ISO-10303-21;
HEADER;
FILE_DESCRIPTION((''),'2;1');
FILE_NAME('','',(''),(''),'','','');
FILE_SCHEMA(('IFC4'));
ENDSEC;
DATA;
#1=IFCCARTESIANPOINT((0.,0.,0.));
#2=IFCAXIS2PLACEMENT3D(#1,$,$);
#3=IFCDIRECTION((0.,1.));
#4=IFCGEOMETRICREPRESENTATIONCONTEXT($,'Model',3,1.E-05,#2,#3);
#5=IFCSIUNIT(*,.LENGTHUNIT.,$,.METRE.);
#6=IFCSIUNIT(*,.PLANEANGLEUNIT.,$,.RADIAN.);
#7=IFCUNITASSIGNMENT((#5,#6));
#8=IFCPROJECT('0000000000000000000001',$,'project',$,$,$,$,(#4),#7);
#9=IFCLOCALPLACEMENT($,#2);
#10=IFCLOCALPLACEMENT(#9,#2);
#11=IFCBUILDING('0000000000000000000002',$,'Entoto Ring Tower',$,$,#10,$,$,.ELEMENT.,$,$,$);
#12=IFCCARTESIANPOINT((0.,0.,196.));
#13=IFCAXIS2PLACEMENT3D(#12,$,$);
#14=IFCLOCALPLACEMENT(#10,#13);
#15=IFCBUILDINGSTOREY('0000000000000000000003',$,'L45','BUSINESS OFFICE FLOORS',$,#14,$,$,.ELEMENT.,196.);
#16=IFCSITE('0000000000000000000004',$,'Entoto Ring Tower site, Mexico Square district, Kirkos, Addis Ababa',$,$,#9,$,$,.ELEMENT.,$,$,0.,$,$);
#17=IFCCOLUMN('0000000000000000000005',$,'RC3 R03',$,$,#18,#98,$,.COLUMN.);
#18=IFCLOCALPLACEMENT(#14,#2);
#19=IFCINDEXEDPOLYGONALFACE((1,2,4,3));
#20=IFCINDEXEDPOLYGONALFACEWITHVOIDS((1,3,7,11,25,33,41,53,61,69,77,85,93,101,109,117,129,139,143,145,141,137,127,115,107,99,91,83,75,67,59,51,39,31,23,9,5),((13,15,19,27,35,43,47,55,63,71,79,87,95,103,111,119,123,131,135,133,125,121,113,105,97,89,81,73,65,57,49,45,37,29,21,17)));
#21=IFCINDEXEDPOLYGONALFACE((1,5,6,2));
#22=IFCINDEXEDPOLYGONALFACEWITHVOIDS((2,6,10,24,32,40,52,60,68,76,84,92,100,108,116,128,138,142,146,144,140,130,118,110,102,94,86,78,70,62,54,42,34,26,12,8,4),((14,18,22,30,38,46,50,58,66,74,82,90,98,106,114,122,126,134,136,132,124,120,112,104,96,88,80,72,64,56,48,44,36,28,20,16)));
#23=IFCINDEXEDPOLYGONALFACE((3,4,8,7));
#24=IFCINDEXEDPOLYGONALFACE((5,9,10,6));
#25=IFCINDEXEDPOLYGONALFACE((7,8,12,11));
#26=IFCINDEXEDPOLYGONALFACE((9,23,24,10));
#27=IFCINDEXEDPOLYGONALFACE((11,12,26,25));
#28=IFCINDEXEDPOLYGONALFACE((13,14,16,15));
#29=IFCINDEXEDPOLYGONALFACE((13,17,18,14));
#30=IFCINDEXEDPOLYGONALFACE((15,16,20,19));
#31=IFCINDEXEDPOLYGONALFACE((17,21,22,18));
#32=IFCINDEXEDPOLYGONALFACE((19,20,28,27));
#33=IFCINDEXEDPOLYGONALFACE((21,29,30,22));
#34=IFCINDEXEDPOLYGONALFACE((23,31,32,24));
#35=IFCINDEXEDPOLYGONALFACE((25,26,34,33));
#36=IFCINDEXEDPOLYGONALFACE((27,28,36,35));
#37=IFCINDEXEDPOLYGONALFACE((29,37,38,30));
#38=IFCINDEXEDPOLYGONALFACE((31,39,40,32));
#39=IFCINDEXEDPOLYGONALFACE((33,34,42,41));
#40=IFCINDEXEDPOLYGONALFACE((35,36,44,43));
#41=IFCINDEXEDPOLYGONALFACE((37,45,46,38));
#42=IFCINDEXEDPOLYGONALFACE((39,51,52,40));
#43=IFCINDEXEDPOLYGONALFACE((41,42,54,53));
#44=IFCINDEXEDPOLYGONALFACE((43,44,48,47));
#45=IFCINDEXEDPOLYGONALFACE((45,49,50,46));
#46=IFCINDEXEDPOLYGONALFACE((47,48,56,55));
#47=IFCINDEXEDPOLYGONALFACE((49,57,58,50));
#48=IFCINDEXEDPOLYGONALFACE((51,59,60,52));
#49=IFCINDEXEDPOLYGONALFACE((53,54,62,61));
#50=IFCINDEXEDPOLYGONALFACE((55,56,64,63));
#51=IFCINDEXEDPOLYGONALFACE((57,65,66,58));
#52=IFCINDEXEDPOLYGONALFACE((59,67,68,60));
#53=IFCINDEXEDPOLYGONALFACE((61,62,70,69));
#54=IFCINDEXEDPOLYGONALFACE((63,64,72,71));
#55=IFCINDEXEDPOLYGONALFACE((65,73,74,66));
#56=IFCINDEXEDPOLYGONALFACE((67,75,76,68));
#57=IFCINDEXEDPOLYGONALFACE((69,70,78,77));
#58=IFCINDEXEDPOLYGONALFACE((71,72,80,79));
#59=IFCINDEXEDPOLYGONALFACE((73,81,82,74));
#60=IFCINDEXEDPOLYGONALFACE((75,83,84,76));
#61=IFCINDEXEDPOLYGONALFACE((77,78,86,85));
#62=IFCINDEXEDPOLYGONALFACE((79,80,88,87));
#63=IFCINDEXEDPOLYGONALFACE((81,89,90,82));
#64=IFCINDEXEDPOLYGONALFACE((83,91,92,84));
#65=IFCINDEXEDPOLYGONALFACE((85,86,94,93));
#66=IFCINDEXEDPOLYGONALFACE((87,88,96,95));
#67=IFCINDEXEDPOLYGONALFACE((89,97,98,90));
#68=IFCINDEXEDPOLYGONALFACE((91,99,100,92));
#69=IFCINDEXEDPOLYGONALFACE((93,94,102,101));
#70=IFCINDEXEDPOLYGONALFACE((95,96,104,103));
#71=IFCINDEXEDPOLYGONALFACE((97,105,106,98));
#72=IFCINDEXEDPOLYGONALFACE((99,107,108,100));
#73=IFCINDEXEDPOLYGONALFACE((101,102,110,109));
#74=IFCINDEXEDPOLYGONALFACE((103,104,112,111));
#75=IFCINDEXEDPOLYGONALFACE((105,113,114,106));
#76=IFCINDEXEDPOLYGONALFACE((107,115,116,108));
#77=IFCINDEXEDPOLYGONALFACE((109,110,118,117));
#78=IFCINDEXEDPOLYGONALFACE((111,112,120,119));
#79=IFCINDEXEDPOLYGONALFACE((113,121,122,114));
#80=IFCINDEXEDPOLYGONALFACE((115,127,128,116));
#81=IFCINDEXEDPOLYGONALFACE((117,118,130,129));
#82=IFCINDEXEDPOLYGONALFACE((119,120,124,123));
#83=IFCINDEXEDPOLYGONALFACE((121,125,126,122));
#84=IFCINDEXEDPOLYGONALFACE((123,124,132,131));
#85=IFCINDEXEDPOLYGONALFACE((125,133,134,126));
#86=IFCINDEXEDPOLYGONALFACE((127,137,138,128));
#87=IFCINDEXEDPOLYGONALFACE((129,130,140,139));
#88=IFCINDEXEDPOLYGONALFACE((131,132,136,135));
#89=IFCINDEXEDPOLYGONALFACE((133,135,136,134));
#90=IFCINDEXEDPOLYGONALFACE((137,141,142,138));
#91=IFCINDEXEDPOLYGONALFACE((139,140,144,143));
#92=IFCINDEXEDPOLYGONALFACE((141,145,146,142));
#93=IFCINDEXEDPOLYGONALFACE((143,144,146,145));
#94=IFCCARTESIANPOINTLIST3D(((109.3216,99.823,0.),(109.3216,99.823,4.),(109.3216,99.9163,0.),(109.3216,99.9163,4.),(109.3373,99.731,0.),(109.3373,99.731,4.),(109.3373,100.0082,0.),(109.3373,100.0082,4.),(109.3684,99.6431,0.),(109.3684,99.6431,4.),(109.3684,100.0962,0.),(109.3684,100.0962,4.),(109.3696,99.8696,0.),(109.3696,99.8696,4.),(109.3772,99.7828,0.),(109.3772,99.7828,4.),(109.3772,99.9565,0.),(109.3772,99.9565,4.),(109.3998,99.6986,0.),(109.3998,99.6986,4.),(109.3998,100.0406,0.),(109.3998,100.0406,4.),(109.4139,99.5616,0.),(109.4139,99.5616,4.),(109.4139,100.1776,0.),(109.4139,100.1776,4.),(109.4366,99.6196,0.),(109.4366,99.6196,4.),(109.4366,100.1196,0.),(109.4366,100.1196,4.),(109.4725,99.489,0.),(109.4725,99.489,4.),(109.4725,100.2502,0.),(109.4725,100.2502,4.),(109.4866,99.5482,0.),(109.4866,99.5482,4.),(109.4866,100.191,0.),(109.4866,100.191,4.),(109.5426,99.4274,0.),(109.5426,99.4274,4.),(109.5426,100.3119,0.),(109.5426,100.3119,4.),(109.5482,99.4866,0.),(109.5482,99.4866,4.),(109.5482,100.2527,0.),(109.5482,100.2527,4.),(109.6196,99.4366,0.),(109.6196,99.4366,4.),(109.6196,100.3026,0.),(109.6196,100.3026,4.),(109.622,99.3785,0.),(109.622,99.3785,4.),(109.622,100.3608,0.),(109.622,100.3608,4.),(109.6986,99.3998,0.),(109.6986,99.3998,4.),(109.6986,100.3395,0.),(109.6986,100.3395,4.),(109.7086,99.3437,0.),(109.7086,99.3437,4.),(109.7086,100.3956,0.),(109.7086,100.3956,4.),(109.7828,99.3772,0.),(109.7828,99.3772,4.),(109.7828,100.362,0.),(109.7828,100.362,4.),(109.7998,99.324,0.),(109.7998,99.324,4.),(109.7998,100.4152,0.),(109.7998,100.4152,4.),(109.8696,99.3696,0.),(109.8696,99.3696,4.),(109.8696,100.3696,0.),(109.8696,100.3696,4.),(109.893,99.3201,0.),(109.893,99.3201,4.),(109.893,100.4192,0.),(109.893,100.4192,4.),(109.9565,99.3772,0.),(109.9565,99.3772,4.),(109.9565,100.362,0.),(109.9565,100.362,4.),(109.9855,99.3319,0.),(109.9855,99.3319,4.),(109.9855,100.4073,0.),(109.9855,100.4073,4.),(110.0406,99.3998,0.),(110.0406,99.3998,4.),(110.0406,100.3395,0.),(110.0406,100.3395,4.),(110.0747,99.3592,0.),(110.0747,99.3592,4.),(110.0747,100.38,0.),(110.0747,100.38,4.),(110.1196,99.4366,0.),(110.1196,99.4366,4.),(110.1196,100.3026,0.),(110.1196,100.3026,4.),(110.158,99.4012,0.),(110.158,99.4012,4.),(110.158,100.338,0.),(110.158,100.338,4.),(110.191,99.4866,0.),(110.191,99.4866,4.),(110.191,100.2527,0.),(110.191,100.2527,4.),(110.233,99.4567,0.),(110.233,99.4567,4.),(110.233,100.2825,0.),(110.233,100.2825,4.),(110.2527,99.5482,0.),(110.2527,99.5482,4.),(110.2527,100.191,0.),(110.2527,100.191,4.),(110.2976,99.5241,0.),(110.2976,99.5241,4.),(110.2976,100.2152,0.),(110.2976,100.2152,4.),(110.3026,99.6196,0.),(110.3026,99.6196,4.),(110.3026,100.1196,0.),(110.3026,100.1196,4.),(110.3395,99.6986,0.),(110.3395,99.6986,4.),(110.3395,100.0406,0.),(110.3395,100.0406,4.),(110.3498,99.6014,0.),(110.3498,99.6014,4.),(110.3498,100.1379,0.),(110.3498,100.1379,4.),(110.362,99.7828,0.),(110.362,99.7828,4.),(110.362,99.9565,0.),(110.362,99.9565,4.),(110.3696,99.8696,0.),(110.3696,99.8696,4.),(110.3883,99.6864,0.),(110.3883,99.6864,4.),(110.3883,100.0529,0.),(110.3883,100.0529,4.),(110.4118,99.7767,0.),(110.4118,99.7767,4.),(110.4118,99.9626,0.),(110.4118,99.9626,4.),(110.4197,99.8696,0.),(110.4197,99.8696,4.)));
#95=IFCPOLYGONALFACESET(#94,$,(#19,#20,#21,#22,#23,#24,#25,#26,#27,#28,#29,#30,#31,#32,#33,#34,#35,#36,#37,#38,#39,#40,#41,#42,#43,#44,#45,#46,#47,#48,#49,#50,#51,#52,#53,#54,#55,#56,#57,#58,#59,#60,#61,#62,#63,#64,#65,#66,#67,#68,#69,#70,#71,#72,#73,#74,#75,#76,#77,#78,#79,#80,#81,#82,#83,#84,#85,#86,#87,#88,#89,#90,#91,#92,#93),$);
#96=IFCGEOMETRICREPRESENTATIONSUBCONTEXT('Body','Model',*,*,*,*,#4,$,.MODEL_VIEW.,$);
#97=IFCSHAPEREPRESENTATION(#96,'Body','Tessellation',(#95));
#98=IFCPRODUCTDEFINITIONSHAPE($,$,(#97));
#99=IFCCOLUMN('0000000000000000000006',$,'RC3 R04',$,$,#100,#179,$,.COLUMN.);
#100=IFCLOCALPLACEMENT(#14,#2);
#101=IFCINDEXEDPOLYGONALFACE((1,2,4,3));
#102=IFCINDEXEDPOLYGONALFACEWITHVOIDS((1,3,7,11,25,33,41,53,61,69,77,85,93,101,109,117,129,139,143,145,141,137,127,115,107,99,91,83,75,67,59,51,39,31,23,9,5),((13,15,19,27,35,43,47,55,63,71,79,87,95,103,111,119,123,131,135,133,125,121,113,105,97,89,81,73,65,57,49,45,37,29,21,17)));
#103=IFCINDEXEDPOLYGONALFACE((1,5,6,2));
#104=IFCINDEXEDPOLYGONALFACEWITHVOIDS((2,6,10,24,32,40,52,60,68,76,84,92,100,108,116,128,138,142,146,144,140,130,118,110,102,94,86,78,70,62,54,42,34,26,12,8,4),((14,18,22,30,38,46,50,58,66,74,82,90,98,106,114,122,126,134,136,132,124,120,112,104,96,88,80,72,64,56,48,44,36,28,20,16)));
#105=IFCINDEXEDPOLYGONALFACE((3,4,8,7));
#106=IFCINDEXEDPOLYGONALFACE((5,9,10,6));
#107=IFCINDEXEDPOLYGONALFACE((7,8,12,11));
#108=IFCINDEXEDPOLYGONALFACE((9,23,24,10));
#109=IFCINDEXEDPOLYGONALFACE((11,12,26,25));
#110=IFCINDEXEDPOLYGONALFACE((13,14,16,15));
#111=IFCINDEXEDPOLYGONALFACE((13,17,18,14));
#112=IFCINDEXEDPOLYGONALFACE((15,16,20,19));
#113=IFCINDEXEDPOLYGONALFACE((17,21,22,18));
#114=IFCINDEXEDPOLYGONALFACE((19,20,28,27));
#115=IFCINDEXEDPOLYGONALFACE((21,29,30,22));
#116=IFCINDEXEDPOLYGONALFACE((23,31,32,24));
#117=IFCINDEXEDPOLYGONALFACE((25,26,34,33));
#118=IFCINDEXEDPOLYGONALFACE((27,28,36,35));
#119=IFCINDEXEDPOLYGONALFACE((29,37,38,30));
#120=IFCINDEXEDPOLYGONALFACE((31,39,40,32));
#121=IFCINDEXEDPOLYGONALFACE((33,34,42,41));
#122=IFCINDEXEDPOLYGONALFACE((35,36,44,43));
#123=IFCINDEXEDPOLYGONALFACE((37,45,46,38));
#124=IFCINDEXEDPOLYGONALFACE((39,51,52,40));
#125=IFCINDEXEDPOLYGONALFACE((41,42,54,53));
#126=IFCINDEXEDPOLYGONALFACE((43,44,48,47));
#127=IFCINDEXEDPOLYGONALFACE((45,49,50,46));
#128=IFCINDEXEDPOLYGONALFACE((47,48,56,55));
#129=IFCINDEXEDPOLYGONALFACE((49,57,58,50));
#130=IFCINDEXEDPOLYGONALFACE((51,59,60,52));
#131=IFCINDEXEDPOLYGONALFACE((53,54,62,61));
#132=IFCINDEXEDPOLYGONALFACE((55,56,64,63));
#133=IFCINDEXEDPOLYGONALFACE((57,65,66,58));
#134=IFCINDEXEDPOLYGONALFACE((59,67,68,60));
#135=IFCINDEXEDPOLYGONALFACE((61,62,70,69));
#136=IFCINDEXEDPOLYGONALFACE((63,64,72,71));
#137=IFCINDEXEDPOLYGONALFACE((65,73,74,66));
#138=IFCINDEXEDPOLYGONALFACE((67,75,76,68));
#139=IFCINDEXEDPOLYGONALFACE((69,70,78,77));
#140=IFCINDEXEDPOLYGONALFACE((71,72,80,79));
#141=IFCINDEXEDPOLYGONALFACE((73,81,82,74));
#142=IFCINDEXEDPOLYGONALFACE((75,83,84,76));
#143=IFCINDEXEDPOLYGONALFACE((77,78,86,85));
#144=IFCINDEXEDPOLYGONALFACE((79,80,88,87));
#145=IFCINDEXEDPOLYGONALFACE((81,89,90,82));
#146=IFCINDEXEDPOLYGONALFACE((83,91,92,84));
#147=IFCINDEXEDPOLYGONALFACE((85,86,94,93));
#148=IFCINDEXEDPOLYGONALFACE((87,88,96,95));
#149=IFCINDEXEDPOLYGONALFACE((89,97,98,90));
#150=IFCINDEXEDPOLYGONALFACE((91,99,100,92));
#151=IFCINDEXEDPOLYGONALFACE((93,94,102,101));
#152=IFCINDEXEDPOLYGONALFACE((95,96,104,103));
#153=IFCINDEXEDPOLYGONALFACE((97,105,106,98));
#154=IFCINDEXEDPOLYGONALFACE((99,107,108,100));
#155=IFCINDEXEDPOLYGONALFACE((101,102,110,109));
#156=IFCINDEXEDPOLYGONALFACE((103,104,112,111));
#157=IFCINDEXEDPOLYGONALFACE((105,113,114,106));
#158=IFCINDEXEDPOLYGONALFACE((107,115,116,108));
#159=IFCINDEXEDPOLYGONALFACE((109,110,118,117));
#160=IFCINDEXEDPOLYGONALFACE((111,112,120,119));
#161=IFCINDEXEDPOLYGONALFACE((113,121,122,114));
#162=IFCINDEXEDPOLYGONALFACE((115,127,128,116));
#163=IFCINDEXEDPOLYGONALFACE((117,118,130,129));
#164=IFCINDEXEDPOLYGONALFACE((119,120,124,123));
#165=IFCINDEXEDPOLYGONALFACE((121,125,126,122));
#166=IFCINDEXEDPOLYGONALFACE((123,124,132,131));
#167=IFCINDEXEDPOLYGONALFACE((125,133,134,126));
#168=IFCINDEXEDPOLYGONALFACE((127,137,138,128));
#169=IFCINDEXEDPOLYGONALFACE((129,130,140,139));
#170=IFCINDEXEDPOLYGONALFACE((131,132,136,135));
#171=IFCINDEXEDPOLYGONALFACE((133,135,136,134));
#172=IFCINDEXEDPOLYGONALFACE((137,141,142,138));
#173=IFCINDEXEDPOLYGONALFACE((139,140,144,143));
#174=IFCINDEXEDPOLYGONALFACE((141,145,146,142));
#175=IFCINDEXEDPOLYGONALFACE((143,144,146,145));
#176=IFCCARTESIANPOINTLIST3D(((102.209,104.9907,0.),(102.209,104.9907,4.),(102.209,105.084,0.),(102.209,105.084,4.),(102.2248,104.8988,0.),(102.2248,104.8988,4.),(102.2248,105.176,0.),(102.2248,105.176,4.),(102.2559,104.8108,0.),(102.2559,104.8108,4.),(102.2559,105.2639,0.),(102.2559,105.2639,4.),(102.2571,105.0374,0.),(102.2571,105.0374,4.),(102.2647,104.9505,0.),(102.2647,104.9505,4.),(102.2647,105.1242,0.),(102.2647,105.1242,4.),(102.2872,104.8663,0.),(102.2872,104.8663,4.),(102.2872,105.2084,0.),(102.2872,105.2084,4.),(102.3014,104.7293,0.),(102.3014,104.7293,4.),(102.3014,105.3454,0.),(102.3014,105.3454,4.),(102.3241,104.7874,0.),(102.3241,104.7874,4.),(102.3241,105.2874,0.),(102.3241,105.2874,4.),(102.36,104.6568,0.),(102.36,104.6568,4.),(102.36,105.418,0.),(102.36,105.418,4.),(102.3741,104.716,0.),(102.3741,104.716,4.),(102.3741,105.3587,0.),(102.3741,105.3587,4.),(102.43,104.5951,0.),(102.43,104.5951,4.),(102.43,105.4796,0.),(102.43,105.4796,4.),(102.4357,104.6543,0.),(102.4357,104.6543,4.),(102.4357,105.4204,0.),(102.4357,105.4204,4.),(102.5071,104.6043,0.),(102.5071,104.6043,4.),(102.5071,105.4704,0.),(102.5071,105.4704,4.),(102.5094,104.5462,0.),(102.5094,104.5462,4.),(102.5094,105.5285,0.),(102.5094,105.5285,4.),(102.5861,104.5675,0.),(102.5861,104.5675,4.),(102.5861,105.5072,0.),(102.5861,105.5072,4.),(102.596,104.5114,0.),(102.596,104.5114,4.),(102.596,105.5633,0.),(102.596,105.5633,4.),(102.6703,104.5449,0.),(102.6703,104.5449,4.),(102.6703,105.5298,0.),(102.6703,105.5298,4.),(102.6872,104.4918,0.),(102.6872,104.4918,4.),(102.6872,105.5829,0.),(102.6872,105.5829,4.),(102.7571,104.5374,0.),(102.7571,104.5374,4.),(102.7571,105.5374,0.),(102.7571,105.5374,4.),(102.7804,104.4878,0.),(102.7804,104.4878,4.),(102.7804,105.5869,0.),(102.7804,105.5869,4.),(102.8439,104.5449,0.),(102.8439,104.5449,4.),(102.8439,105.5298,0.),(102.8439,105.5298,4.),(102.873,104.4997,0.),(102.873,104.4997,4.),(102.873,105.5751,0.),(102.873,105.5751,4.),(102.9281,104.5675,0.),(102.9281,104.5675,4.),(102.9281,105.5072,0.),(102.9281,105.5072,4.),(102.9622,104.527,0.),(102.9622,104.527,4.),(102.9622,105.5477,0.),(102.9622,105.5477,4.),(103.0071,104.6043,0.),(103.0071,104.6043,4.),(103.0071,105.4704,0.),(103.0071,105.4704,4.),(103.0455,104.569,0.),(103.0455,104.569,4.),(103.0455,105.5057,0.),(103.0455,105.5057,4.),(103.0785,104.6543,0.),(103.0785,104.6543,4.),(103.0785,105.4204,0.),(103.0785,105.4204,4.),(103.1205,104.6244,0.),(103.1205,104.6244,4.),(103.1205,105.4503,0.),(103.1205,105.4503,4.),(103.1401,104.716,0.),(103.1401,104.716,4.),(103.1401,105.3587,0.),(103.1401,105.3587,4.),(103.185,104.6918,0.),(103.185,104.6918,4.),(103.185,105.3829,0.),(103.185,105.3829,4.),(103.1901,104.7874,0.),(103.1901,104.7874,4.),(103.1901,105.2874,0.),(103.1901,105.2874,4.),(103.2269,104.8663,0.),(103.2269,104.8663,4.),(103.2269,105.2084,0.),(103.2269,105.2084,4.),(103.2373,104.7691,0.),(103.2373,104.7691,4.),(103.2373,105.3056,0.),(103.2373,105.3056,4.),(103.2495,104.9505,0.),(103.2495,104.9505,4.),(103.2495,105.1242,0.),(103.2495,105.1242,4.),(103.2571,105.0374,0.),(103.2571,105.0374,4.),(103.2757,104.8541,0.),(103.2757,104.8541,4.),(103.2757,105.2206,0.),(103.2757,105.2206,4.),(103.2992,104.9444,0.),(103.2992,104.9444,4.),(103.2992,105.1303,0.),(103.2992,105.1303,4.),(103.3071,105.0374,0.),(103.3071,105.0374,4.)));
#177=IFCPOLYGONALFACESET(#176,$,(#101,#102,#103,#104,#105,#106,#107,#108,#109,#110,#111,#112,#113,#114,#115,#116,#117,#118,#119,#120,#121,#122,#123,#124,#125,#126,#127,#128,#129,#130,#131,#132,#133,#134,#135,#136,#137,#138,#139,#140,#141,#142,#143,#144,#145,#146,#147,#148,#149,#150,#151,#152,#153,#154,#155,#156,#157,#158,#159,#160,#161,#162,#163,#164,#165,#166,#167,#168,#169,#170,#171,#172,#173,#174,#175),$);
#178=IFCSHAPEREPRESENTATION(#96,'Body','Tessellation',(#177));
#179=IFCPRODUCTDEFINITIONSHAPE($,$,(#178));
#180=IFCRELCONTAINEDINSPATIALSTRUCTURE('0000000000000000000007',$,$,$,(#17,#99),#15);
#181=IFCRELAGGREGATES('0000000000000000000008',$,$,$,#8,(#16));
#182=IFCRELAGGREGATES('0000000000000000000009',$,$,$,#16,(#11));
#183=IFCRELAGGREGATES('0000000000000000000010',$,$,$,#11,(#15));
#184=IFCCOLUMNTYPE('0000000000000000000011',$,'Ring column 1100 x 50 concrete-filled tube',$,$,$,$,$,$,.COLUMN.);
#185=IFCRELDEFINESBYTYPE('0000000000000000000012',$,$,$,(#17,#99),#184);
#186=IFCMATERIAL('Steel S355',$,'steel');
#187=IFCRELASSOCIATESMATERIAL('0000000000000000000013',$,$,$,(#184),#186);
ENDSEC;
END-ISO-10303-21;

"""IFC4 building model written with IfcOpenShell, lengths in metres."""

from ifc_helpers import new_model, si_unit, direction, frame, origin, origin_2d, place, context, subcontext, project, spatial, circle, hollow_circle, extrude, material, material_profile, profile_set, type_object, element, save


model = new_model("IFC4")

# Units and contexts
model_context = context("Model", 3, precision=1e-05, world=origin(), true_north=direction((0.0, 1.0)))
body_context = subcontext(model_context, "Body", "Model", "MODEL_VIEW")
ifc_project = project(units=[si_unit("LENGTHUNIT", "METRE"), si_unit("PLANEANGLEUNIT", "RADIAN")], contexts=[model_context])

# Site, building, storey
site_placement = place(None, origin())
site = spatial("IfcSite", under=ifc_project, at=site_placement, Name="Entoto Ring Tower site, Mexico Square district, Kirkos, Addis Ababa", CompositionType="ELEMENT", RefElevation=0.0)
building_placement = place(site_placement, origin())
building = spatial("IfcBuilding", under=site, at=building_placement, Name="Entoto Ring Tower", CompositionType="ELEMENT")
storey_placement = place(building_placement, frame((0.0, 0.0, 196.0)))
storey = spatial("IfcBuildingStorey", under=building, at=storey_placement, Name="L45", Description="BUSINESS OFFICE FLOORS", CompositionType="ELEMENT", Elevation=196.0)

# Columns
ifc_material_1 = material(Name="Steel S355", Category="steel")
ifc_material_profile_1 = material_profile(ifc_material_1, hollow_circle(Radius=0.55, WallThickness=0.05, at=origin_2d()), Name="CHS 1100 x 50")
ifc_material_2 = material(Name="Concrete C60/75", Category="concrete")
ifc_material_profile_2 = material_profile(ifc_material_2, circle(Radius=0.5, at=origin_2d()), Name="Concrete C60/75 infill")
ifc_profile_set_1 = profile_set([ifc_material_profile_1, ifc_material_profile_2], Name="Steel S355")
column_type = type_object("IfcColumnType", Name="Ring column 1100 x 50 concrete-filled tube", PredefinedType="COLUMN", material=ifc_profile_set_1)
for number, where, z_axis, x_axis, name in (
    (1, (109.8696, 99.8696, 0.0), (0.0, 0.0, 1.0), (1.0, 0.0, 0.0), "RC3 R03"),
    (2, (102.7571, 105.0374, 0.0), (0.0, 0.0, 1.0), (1.0, 0.0, 0.0), "RC3 R04"),
):
    element("IfcColumn", number, at=place(storey_placement, frame(where, z_axis=z_axis, x_axis=x_axis)), inside=storey, type_object=column_type, Name=name, PredefinedType="COLUMN", context=body_context, shape_type="SweptSolid", body=[
        extrude(hollow_circle(Radius=0.55, WallThickness=0.05, at=origin_2d()), origin(), (0.0, 0.0, 1.0), 4.0),
    ])

save(model, "model.ifc")
